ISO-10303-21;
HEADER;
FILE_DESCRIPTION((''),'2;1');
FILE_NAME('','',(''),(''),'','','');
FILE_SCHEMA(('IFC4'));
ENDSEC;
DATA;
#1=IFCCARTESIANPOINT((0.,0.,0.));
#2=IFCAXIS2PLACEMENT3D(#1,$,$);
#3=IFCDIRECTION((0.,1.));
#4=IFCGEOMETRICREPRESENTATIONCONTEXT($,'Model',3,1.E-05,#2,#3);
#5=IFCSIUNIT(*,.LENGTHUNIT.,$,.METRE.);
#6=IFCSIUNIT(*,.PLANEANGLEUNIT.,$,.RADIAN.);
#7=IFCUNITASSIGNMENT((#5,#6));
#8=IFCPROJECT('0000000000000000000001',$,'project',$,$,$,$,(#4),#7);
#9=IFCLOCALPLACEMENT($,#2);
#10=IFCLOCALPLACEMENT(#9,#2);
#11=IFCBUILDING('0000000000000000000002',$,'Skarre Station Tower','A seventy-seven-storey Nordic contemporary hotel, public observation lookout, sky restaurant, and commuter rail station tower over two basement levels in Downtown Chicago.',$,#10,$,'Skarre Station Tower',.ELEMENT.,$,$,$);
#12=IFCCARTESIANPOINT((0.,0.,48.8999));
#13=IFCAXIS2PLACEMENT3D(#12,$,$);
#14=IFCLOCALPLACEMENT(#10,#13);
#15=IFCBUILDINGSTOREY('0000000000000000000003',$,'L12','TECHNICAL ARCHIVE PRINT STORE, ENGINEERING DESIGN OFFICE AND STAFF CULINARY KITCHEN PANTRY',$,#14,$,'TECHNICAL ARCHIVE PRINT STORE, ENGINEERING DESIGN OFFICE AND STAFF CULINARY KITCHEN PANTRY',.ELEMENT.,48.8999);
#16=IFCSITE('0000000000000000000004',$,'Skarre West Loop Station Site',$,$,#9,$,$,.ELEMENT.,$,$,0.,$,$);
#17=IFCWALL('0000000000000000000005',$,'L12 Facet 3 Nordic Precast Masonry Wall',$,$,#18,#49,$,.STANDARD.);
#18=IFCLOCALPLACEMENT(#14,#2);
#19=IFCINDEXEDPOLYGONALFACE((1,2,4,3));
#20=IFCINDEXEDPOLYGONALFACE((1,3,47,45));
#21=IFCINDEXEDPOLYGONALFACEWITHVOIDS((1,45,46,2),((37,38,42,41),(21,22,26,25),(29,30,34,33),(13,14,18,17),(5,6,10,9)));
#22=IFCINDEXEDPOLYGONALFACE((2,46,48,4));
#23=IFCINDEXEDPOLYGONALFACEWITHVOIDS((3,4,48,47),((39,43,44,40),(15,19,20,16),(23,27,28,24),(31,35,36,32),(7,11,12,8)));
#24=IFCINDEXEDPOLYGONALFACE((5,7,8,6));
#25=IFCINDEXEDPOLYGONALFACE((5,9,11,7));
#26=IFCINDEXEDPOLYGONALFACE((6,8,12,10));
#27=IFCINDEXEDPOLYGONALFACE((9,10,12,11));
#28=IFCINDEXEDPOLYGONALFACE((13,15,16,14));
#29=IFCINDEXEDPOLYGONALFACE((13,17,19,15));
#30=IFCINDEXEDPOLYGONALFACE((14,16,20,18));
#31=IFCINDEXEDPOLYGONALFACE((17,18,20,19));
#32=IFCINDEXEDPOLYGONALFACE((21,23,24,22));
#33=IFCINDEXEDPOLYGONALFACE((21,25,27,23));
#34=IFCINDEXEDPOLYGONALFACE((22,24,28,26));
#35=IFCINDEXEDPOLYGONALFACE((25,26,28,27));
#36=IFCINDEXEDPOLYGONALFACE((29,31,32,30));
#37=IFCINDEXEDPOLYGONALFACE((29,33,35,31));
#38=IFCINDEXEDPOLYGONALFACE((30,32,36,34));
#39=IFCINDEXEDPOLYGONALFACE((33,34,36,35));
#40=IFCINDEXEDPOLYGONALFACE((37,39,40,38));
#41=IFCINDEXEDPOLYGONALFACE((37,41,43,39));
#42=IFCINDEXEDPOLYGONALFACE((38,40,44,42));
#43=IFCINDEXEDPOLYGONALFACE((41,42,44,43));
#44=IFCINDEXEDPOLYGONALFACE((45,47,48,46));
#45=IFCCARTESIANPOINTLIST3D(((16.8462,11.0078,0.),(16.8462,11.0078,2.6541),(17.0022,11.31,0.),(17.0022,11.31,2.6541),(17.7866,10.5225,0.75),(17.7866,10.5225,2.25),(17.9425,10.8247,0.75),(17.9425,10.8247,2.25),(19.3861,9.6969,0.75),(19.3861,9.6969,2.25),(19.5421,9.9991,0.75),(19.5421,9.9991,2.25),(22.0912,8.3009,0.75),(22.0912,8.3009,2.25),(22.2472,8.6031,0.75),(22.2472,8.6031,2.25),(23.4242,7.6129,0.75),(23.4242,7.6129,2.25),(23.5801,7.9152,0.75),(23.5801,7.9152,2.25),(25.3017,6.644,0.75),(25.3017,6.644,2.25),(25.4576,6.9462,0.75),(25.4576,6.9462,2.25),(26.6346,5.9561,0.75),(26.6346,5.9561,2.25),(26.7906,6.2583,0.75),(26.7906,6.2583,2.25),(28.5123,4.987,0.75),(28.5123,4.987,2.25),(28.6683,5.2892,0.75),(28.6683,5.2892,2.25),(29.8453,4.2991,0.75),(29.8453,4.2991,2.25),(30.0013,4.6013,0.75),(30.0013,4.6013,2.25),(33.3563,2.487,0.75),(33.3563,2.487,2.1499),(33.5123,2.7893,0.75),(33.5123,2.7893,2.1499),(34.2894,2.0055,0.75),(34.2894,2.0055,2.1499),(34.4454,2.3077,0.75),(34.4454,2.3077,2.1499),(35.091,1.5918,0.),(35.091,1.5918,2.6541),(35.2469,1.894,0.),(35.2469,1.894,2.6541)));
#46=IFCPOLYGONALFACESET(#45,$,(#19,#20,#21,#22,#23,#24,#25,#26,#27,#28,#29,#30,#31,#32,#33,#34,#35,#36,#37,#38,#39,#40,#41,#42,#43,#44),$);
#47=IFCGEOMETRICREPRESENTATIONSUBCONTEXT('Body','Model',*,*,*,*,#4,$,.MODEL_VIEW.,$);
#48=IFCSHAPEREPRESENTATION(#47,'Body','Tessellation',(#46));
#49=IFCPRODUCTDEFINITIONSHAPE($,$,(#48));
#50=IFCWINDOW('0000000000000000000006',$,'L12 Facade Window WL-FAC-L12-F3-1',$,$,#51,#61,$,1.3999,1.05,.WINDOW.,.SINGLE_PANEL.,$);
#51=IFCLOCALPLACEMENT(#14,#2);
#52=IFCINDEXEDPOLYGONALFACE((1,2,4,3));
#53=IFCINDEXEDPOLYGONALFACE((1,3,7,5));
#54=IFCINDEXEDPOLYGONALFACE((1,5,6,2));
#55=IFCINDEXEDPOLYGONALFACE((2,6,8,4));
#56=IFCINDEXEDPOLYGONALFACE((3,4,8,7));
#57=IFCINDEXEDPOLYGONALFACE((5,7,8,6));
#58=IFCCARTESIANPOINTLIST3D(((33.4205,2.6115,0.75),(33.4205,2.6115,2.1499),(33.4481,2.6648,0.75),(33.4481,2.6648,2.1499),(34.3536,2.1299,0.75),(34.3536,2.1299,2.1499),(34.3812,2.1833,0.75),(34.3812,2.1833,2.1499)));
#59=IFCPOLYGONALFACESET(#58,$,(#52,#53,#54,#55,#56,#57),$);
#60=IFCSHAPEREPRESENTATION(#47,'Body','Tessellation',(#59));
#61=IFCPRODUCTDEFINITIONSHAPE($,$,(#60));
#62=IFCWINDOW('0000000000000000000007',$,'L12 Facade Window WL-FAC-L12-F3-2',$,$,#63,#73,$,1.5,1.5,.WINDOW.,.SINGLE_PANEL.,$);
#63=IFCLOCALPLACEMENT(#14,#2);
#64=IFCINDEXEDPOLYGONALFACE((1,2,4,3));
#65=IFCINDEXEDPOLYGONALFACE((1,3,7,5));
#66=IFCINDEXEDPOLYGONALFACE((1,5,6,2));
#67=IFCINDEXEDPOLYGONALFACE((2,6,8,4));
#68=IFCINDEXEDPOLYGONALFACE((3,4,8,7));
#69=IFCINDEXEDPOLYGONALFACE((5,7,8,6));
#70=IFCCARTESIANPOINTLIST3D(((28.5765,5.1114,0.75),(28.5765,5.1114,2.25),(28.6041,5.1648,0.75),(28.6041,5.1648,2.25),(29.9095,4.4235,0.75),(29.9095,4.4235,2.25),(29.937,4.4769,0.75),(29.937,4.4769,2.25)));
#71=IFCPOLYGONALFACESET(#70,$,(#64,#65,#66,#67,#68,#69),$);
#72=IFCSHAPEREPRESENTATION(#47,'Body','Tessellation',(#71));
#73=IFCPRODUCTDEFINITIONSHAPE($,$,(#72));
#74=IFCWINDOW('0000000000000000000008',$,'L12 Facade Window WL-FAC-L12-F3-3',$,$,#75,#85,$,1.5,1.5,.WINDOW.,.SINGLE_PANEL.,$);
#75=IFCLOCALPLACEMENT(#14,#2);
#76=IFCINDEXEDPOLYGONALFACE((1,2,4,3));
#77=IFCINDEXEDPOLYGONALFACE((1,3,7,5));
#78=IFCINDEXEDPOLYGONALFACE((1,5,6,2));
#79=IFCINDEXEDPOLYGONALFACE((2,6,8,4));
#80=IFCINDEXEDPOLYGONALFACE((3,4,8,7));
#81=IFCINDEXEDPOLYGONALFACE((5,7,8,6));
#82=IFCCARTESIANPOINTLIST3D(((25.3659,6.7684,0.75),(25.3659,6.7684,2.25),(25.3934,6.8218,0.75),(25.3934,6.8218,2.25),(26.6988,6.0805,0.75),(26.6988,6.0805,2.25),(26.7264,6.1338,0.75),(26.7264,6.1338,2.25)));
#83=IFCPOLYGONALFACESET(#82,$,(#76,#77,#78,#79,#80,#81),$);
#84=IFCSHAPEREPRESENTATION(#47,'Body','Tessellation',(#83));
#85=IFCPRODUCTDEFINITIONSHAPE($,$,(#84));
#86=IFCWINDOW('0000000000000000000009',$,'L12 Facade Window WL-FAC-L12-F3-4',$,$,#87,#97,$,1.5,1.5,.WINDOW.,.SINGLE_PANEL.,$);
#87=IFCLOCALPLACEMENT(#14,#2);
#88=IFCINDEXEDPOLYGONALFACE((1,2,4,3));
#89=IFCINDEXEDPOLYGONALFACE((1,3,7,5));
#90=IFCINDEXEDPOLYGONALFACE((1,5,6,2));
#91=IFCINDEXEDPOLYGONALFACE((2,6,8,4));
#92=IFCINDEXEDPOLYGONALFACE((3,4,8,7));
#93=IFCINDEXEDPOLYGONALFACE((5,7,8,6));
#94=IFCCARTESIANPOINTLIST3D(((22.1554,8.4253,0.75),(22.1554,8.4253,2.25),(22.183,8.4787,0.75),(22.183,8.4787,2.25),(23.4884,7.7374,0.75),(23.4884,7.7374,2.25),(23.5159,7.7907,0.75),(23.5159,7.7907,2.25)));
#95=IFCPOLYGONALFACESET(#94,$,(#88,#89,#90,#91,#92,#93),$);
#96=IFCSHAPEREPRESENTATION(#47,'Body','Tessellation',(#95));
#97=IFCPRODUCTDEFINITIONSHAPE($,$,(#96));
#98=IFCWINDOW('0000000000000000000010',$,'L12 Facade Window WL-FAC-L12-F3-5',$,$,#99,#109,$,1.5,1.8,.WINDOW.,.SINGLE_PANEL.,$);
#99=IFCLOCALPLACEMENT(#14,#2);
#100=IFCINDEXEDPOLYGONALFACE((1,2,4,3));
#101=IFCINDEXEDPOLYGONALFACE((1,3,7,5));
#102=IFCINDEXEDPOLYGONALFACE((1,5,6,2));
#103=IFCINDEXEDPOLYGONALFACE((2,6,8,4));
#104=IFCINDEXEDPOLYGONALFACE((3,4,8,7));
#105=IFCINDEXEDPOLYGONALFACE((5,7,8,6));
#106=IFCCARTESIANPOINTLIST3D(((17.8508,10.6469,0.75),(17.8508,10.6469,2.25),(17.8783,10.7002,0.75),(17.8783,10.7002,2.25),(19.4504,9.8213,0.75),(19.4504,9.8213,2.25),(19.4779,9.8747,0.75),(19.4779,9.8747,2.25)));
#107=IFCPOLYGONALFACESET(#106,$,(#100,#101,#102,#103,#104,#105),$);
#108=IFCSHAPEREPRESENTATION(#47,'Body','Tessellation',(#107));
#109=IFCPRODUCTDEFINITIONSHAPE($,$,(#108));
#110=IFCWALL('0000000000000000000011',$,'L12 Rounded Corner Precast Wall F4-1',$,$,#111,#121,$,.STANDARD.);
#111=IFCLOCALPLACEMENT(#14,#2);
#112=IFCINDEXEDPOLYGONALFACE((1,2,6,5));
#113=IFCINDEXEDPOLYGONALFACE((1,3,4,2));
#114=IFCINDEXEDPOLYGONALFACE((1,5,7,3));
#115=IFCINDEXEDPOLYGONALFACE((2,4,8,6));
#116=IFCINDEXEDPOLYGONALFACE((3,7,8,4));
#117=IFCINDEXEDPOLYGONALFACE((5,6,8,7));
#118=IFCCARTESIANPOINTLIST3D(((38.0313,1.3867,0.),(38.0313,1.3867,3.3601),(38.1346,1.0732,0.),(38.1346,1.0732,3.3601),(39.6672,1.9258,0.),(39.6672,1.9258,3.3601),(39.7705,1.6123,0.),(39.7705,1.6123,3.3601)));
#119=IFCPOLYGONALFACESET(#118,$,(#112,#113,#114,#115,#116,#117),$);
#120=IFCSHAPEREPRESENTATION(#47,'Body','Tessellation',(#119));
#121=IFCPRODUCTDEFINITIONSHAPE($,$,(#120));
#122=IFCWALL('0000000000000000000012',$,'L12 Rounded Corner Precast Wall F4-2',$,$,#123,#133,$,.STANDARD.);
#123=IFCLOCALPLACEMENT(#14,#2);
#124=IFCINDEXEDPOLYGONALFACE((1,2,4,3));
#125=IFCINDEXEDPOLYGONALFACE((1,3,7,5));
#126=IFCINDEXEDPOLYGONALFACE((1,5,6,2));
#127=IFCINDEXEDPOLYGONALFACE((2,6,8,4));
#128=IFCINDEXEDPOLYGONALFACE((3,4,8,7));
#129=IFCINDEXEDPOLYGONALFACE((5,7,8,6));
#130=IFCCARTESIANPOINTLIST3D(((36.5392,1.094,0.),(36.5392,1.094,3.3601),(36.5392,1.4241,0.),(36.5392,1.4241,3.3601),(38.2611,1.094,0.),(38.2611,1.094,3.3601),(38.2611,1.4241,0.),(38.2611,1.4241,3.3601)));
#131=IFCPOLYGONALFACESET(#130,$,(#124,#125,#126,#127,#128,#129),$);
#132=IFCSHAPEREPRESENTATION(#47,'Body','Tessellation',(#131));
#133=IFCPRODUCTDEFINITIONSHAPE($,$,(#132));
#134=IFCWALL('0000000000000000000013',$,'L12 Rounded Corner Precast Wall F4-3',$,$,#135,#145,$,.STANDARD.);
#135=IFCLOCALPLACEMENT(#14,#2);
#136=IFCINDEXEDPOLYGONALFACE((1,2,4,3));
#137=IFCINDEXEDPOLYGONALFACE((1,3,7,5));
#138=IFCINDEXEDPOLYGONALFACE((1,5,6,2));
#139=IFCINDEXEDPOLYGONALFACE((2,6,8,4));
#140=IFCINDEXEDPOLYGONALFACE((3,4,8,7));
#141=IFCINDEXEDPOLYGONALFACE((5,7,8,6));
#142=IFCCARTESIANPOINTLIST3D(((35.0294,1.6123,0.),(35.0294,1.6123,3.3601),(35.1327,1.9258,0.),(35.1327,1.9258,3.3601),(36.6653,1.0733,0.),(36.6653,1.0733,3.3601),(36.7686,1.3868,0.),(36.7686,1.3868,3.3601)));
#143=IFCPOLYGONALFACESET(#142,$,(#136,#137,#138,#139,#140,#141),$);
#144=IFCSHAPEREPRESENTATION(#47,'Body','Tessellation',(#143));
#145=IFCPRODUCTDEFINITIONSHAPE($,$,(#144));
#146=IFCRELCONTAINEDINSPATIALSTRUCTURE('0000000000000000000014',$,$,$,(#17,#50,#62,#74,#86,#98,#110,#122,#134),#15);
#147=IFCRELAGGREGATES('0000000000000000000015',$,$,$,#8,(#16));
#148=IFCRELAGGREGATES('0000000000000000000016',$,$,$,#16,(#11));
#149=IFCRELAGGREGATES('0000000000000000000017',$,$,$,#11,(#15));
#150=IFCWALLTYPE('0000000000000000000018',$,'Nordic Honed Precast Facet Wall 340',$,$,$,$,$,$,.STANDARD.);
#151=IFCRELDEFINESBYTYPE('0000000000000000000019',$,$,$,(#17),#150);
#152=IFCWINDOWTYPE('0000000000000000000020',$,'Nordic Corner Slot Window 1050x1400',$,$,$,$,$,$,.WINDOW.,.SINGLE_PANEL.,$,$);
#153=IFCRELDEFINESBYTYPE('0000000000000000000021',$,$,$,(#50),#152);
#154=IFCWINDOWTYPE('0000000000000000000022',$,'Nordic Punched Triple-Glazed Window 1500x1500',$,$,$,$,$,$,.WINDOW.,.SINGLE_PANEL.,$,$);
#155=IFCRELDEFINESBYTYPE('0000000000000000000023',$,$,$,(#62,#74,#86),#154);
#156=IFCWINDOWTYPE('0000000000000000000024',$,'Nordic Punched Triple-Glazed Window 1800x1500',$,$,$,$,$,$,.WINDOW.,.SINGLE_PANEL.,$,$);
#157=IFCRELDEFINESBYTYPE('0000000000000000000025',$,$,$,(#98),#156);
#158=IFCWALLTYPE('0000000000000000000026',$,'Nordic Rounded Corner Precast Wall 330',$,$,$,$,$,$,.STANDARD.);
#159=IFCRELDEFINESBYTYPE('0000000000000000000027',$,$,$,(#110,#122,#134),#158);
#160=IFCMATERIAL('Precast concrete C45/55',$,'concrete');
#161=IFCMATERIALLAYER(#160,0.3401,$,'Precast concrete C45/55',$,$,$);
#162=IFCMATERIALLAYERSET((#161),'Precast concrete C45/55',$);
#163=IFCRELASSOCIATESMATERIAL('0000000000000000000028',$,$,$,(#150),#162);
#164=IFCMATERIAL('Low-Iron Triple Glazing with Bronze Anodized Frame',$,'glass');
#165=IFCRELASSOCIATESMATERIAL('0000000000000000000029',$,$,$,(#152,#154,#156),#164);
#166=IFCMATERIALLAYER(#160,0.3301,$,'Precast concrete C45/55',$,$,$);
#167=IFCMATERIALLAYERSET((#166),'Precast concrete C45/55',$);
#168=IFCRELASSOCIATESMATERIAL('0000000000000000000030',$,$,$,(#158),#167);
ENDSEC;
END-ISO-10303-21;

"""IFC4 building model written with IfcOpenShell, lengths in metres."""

from ifc_helpers import new_model, si_unit, direction, frame, frame_2d, origin, place, context, subcontext, project, spatial, rectangle, extrude, material, layer, layer_set, type_object, element, fill, save


model = new_model("IFC4")

# Units and contexts
model_context = context("Model", 3, precision=1e-05, world=origin(), true_north=direction((0.0, 1.0)))
body_context = subcontext(model_context, "Body", "Model", "MODEL_VIEW")
ifc_project = project(units=[si_unit("LENGTHUNIT", "METRE"), si_unit("PLANEANGLEUNIT", "RADIAN")], contexts=[model_context])

# Site, building, storey
site_placement = place(None, origin())
site = spatial("IfcSite", under=ifc_project, at=site_placement, Name="Skarre West Loop Station Site", CompositionType="ELEMENT", RefElevation=0.0)
building_placement = place(site_placement, origin())
building = spatial("IfcBuilding", under=site, at=building_placement, Name="Skarre Station Tower", Description="A seventy-seven-storey Nordic contemporary hotel, public observation lookout, sky restaurant, and commuter rail station tower over two basement levels in Downtown Chicago.", LongName="Skarre Station Tower", CompositionType="ELEMENT")
storey_placement = place(building_placement, frame((0.0, 0.0, 48.8999)))
storey = spatial("IfcBuildingStorey", under=building, at=storey_placement, Name="L12", Description="TECHNICAL ARCHIVE PRINT STORE, ENGINEERING DESIGN OFFICE AND STAFF CULINARY KITCHEN PANTRY", LongName="TECHNICAL ARCHIVE PRINT STORE, ENGINEERING DESIGN OFFICE AND STAFF CULINARY KITCHEN PANTRY", CompositionType="ELEMENT", Elevation=48.8999)

# Wall, openings, windows
ifc_material_1 = material(Name="Precast concrete C45/55", Category="concrete")
ifc_layer_1 = layer(ifc_material_1, 0.3401, Name="Precast concrete C45/55")
ifc_layer_set_1 = layer_set([ifc_layer_1], Name="Precast concrete C45/55")
wall_type_1 = type_object("IfcWallType", Name="Nordic Honed Precast Facet Wall 340", PredefinedType="STANDARD", material=ifc_layer_set_1)
wall_1_placement = place(storey_placement, frame((35.1689, 1.7429, 0.0), z_axis=(0.0, 0.0, 1.0), x_axis=(-0.888634, 0.458616, 0.0)))
wall_1 = element("IfcWall", 1, at=wall_1_placement, inside=storey, type_object=wall_type_1, Name="L12 Facet 3 Nordic Precast Masonry Wall", PredefinedType="STANDARD", context=body_context, shape_type="SweptSolid", body=[
    extrude(rectangle(XDim=20.5312, YDim=0.3401, at=frame_2d((10.2656, 0.0))), origin(), (0.0, 0.0, 1.0), 2.6541),
])
opening_1_placement = place(wall_1_placement, frame((0.9021, 0.0, 0.75)))
opening_1 = element("IfcOpeningElement", 2, at=opening_1_placement, cuts=wall_1, PredefinedType="OPENING", context=body_context, shape_type="SweptSolid", body=[
    extrude(rectangle(XDim=1.05, YDim=1.3999, at=frame_2d((0.5249, 0.7))), frame((0.0, 0.1799, 0.0), z_axis=(0.0, -1.0, 0.0), x_axis=(1.0, 0.0, 0.0)), (0.0, 0.0, 1.0), 0.3601),
])
opening_2_placement = place(wall_1_placement, frame((5.9031, 0.0, 0.75)))
opening_2 = element("IfcOpeningElement", 3, at=opening_2_placement, cuts=wall_1, PredefinedType="OPENING", context=body_context, shape_type="SweptSolid", body=[
    extrude(rectangle(XDim=1.5, YDim=1.5, at=frame_2d((0.75, 0.75))), frame((0.0, 0.1799, 0.0), z_axis=(0.0, -1.0, 0.0), x_axis=(1.0, 0.0, 0.0)), (0.0, 0.0, 1.0), 0.3601),
])
opening_3_placement = place(wall_1_placement, frame((9.5161, 0.0, 0.75)))
opening_3 = element("IfcOpeningElement", 4, at=opening_3_placement, cuts=wall_1, PredefinedType="OPENING", context=body_context, shape_type="SweptSolid", body=[
    extrude(rectangle(XDim=1.5, YDim=1.5, at=frame_2d((0.75, 0.75))), frame((0.0, 0.1799, 0.0), z_axis=(0.0, -1.0, 0.0), x_axis=(1.0, 0.0, 0.0)), (0.0, 0.0, 1.0), 0.3601),
])
opening_4_placement = place(wall_1_placement, frame((13.1289, 0.0, 0.75)))
opening_4 = element("IfcOpeningElement", 5, at=opening_4_placement, cuts=wall_1, PredefinedType="OPENING", context=body_context, shape_type="SweptSolid", body=[
    extrude(rectangle(XDim=1.5, YDim=1.5, at=frame_2d((0.75, 0.75))), frame((0.0, 0.1799, 0.0), z_axis=(0.0, -1.0, 0.0), x_axis=(1.0, 0.0, 0.0)), (0.0, 0.0, 1.0), 0.3601),
])
opening_5_placement = place(wall_1_placement, frame((17.6731, 0.0, 0.75)))
opening_5 = element("IfcOpeningElement", 6, at=opening_5_placement, cuts=wall_1, PredefinedType="OPENING", context=body_context, shape_type="SweptSolid", body=[
    extrude(rectangle(XDim=1.8, YDim=1.5, at=frame_2d((0.8999, 0.75))), frame((0.0, 0.1799, 0.0), z_axis=(0.0, -1.0, 0.0), x_axis=(1.0, 0.0, 0.0)), (0.0, 0.0, 1.0), 0.3601),
])
ifc_material_2 = material(Name="Low-Iron Triple Glazing with Bronze Anodized Frame", Category="glass")
window_type_1 = type_object("IfcWindowType", Name="Nordic Corner Slot Window 1050x1400", PartitioningType="SINGLE_PANEL", PredefinedType="WINDOW", material=ifc_material_2)
window_1_placement = place(opening_1_placement, origin())
window_1 = element("IfcWindow", 7, at=window_1_placement, inside=storey, type_object=window_type_1, Name="L12 Facade Window WL-FAC-L12-F3-1", OverallHeight=1.3999, OverallWidth=1.05, PartitioningType="SINGLE_PANEL", PredefinedType="WINDOW", context=body_context, shape_type="SweptSolid", body=[
    extrude(rectangle(XDim=1.05, YDim=1.3999, at=frame_2d((0.5249, 0.7))), frame((0.0, 0.03, 0.0), z_axis=(0.0, -1.0, 0.0), x_axis=(1.0, 0.0, 0.0)), (0.0, 0.0, 1.0), 0.0601),
])
fill(opening_1, window_1)
window_type_2 = type_object("IfcWindowType", Name="Nordic Punched Triple-Glazed Window 1500x1500", PartitioningType="SINGLE_PANEL", PredefinedType="WINDOW", material=ifc_material_2)
window_2_placement = place(opening_2_placement, origin())
window_2 = element("IfcWindow", 8, at=window_2_placement, inside=storey, type_object=window_type_2, Name="L12 Facade Window WL-FAC-L12-F3-2", OverallHeight=1.5, OverallWidth=1.5, PartitioningType="SINGLE_PANEL", PredefinedType="WINDOW", context=body_context, shape_type="SweptSolid", body=[
    extrude(rectangle(XDim=1.5, YDim=1.5, at=frame_2d((0.75, 0.75))), frame((0.0, 0.03, 0.0), z_axis=(0.0, -1.0, 0.0), x_axis=(1.0, 0.0, 0.0)), (0.0, 0.0, 1.0), 0.0601),
])
fill(opening_2, window_2)
window_3_placement = place(opening_3_placement, origin())
window_3 = element("IfcWindow", 9, at=window_3_placement, inside=storey, type_object=window_type_2, Name="L12 Facade Window WL-FAC-L12-F3-3", OverallHeight=1.5, OverallWidth=1.5, PartitioningType="SINGLE_PANEL", PredefinedType="WINDOW", context=body_context, shape_type="SweptSolid", body=[
    extrude(rectangle(XDim=1.5, YDim=1.5, at=frame_2d((0.75, 0.75))), frame((0.0, 0.03, 0.0), z_axis=(0.0, -1.0, 0.0), x_axis=(1.0, 0.0, 0.0)), (0.0, 0.0, 1.0), 0.0601),
])
fill(opening_3, window_3)
window_4_placement = place(opening_4_placement, origin())
window_4 = element("IfcWindow", 10, at=window_4_placement, inside=storey, type_object=window_type_2, Name="L12 Facade Window WL-FAC-L12-F3-4", OverallHeight=1.5, OverallWidth=1.5, PartitioningType="SINGLE_PANEL", PredefinedType="WINDOW", context=body_context, shape_type="SweptSolid", body=[
    extrude(rectangle(XDim=1.5, YDim=1.5, at=frame_2d((0.75, 0.75))), frame((0.0, 0.03, 0.0), z_axis=(0.0, -1.0, 0.0), x_axis=(1.0, 0.0, 0.0)), (0.0, 0.0, 1.0), 0.0601),
])
fill(opening_4, window_4)
window_type_3 = type_object("IfcWindowType", Name="Nordic Punched Triple-Glazed Window 1800x1500", PartitioningType="SINGLE_PANEL", PredefinedType="WINDOW", material=ifc_material_2)
window_5_placement = place(opening_5_placement, origin())
window_5 = element("IfcWindow", 11, at=window_5_placement, inside=storey, type_object=window_type_3, Name="L12 Facade Window WL-FAC-L12-F3-5", OverallHeight=1.5, OverallWidth=1.8, PartitioningType="SINGLE_PANEL", PredefinedType="WINDOW", context=body_context, shape_type="SweptSolid", body=[
    extrude(rectangle(XDim=1.8, YDim=1.5, at=frame_2d((0.8999, 0.75))), frame((0.0, 0.03, 0.0), z_axis=(0.0, -1.0, 0.0), x_axis=(1.0, 0.0, 0.0)), (0.0, 0.0, 1.0), 0.0601),
])
fill(opening_5, window_5)

# Walls
ifc_layer_2 = layer(ifc_material_1, 0.3301, Name="Precast concrete C45/55")
ifc_layer_set_2 = layer_set([ifc_layer_2], Name="Precast concrete C45/55")
wall_type_2 = type_object("IfcWallType", Name="Nordic Rounded Corner Precast Wall 330", PredefinedType="STANDARD", material=ifc_layer_set_2)
wall_2_placement = place(storey_placement, frame((39.719, 1.769, 0.0), z_axis=(0.0, 0.0, 1.0), x_axis=(-0.949769, -0.312952, 0.0)))
element("IfcWall", 12, at=wall_2_placement, inside=storey, type_object=wall_type_2, Name="L12 Rounded Corner Precast Wall F4-1", PredefinedType="STANDARD", context=body_context, shape_type="SweptSolid", body=[
    extrude(rectangle(XDim=1.7224, YDim=0.3301, at=frame_2d((0.8613, 0.0))), origin(), (0.0, 0.0, 1.0), 3.3601),
])
wall_3_placement = place(storey_placement, frame((38.261, 1.259, 0.0), z_axis=(0.0, 0.0, 1.0), x_axis=(-1.0, 0.0, 0.0)))
element("IfcWall", 13, at=wall_3_placement, inside=storey, type_object=wall_type_2, Name="L12 Rounded Corner Precast Wall F4-2", PredefinedType="STANDARD", context=body_context, shape_type="SweptSolid", body=[
    extrude(rectangle(XDim=1.7219, YDim=0.3301, at=frame_2d((0.8608, 0.0))), origin(), (0.0, 0.0, 1.0), 3.3601),
])
wall_4_placement = place(storey_placement, frame((36.717, 1.23, 0.0), z_axis=(0.0, 0.0, 1.0), x_axis=(-0.949769, 0.312952, 0.0)))
element("IfcWall", 14, at=wall_4_placement, inside=storey, type_object=wall_type_2, Name="L12 Rounded Corner Precast Wall F4-3", PredefinedType="STANDARD", context=body_context, shape_type="SweptSolid", body=[
    extrude(rectangle(XDim=1.7224, YDim=0.3301, at=frame_2d((0.8613, 0.0))), origin(), (0.0, 0.0, 1.0), 3.3601),
])

save(model, "model.ifc")
